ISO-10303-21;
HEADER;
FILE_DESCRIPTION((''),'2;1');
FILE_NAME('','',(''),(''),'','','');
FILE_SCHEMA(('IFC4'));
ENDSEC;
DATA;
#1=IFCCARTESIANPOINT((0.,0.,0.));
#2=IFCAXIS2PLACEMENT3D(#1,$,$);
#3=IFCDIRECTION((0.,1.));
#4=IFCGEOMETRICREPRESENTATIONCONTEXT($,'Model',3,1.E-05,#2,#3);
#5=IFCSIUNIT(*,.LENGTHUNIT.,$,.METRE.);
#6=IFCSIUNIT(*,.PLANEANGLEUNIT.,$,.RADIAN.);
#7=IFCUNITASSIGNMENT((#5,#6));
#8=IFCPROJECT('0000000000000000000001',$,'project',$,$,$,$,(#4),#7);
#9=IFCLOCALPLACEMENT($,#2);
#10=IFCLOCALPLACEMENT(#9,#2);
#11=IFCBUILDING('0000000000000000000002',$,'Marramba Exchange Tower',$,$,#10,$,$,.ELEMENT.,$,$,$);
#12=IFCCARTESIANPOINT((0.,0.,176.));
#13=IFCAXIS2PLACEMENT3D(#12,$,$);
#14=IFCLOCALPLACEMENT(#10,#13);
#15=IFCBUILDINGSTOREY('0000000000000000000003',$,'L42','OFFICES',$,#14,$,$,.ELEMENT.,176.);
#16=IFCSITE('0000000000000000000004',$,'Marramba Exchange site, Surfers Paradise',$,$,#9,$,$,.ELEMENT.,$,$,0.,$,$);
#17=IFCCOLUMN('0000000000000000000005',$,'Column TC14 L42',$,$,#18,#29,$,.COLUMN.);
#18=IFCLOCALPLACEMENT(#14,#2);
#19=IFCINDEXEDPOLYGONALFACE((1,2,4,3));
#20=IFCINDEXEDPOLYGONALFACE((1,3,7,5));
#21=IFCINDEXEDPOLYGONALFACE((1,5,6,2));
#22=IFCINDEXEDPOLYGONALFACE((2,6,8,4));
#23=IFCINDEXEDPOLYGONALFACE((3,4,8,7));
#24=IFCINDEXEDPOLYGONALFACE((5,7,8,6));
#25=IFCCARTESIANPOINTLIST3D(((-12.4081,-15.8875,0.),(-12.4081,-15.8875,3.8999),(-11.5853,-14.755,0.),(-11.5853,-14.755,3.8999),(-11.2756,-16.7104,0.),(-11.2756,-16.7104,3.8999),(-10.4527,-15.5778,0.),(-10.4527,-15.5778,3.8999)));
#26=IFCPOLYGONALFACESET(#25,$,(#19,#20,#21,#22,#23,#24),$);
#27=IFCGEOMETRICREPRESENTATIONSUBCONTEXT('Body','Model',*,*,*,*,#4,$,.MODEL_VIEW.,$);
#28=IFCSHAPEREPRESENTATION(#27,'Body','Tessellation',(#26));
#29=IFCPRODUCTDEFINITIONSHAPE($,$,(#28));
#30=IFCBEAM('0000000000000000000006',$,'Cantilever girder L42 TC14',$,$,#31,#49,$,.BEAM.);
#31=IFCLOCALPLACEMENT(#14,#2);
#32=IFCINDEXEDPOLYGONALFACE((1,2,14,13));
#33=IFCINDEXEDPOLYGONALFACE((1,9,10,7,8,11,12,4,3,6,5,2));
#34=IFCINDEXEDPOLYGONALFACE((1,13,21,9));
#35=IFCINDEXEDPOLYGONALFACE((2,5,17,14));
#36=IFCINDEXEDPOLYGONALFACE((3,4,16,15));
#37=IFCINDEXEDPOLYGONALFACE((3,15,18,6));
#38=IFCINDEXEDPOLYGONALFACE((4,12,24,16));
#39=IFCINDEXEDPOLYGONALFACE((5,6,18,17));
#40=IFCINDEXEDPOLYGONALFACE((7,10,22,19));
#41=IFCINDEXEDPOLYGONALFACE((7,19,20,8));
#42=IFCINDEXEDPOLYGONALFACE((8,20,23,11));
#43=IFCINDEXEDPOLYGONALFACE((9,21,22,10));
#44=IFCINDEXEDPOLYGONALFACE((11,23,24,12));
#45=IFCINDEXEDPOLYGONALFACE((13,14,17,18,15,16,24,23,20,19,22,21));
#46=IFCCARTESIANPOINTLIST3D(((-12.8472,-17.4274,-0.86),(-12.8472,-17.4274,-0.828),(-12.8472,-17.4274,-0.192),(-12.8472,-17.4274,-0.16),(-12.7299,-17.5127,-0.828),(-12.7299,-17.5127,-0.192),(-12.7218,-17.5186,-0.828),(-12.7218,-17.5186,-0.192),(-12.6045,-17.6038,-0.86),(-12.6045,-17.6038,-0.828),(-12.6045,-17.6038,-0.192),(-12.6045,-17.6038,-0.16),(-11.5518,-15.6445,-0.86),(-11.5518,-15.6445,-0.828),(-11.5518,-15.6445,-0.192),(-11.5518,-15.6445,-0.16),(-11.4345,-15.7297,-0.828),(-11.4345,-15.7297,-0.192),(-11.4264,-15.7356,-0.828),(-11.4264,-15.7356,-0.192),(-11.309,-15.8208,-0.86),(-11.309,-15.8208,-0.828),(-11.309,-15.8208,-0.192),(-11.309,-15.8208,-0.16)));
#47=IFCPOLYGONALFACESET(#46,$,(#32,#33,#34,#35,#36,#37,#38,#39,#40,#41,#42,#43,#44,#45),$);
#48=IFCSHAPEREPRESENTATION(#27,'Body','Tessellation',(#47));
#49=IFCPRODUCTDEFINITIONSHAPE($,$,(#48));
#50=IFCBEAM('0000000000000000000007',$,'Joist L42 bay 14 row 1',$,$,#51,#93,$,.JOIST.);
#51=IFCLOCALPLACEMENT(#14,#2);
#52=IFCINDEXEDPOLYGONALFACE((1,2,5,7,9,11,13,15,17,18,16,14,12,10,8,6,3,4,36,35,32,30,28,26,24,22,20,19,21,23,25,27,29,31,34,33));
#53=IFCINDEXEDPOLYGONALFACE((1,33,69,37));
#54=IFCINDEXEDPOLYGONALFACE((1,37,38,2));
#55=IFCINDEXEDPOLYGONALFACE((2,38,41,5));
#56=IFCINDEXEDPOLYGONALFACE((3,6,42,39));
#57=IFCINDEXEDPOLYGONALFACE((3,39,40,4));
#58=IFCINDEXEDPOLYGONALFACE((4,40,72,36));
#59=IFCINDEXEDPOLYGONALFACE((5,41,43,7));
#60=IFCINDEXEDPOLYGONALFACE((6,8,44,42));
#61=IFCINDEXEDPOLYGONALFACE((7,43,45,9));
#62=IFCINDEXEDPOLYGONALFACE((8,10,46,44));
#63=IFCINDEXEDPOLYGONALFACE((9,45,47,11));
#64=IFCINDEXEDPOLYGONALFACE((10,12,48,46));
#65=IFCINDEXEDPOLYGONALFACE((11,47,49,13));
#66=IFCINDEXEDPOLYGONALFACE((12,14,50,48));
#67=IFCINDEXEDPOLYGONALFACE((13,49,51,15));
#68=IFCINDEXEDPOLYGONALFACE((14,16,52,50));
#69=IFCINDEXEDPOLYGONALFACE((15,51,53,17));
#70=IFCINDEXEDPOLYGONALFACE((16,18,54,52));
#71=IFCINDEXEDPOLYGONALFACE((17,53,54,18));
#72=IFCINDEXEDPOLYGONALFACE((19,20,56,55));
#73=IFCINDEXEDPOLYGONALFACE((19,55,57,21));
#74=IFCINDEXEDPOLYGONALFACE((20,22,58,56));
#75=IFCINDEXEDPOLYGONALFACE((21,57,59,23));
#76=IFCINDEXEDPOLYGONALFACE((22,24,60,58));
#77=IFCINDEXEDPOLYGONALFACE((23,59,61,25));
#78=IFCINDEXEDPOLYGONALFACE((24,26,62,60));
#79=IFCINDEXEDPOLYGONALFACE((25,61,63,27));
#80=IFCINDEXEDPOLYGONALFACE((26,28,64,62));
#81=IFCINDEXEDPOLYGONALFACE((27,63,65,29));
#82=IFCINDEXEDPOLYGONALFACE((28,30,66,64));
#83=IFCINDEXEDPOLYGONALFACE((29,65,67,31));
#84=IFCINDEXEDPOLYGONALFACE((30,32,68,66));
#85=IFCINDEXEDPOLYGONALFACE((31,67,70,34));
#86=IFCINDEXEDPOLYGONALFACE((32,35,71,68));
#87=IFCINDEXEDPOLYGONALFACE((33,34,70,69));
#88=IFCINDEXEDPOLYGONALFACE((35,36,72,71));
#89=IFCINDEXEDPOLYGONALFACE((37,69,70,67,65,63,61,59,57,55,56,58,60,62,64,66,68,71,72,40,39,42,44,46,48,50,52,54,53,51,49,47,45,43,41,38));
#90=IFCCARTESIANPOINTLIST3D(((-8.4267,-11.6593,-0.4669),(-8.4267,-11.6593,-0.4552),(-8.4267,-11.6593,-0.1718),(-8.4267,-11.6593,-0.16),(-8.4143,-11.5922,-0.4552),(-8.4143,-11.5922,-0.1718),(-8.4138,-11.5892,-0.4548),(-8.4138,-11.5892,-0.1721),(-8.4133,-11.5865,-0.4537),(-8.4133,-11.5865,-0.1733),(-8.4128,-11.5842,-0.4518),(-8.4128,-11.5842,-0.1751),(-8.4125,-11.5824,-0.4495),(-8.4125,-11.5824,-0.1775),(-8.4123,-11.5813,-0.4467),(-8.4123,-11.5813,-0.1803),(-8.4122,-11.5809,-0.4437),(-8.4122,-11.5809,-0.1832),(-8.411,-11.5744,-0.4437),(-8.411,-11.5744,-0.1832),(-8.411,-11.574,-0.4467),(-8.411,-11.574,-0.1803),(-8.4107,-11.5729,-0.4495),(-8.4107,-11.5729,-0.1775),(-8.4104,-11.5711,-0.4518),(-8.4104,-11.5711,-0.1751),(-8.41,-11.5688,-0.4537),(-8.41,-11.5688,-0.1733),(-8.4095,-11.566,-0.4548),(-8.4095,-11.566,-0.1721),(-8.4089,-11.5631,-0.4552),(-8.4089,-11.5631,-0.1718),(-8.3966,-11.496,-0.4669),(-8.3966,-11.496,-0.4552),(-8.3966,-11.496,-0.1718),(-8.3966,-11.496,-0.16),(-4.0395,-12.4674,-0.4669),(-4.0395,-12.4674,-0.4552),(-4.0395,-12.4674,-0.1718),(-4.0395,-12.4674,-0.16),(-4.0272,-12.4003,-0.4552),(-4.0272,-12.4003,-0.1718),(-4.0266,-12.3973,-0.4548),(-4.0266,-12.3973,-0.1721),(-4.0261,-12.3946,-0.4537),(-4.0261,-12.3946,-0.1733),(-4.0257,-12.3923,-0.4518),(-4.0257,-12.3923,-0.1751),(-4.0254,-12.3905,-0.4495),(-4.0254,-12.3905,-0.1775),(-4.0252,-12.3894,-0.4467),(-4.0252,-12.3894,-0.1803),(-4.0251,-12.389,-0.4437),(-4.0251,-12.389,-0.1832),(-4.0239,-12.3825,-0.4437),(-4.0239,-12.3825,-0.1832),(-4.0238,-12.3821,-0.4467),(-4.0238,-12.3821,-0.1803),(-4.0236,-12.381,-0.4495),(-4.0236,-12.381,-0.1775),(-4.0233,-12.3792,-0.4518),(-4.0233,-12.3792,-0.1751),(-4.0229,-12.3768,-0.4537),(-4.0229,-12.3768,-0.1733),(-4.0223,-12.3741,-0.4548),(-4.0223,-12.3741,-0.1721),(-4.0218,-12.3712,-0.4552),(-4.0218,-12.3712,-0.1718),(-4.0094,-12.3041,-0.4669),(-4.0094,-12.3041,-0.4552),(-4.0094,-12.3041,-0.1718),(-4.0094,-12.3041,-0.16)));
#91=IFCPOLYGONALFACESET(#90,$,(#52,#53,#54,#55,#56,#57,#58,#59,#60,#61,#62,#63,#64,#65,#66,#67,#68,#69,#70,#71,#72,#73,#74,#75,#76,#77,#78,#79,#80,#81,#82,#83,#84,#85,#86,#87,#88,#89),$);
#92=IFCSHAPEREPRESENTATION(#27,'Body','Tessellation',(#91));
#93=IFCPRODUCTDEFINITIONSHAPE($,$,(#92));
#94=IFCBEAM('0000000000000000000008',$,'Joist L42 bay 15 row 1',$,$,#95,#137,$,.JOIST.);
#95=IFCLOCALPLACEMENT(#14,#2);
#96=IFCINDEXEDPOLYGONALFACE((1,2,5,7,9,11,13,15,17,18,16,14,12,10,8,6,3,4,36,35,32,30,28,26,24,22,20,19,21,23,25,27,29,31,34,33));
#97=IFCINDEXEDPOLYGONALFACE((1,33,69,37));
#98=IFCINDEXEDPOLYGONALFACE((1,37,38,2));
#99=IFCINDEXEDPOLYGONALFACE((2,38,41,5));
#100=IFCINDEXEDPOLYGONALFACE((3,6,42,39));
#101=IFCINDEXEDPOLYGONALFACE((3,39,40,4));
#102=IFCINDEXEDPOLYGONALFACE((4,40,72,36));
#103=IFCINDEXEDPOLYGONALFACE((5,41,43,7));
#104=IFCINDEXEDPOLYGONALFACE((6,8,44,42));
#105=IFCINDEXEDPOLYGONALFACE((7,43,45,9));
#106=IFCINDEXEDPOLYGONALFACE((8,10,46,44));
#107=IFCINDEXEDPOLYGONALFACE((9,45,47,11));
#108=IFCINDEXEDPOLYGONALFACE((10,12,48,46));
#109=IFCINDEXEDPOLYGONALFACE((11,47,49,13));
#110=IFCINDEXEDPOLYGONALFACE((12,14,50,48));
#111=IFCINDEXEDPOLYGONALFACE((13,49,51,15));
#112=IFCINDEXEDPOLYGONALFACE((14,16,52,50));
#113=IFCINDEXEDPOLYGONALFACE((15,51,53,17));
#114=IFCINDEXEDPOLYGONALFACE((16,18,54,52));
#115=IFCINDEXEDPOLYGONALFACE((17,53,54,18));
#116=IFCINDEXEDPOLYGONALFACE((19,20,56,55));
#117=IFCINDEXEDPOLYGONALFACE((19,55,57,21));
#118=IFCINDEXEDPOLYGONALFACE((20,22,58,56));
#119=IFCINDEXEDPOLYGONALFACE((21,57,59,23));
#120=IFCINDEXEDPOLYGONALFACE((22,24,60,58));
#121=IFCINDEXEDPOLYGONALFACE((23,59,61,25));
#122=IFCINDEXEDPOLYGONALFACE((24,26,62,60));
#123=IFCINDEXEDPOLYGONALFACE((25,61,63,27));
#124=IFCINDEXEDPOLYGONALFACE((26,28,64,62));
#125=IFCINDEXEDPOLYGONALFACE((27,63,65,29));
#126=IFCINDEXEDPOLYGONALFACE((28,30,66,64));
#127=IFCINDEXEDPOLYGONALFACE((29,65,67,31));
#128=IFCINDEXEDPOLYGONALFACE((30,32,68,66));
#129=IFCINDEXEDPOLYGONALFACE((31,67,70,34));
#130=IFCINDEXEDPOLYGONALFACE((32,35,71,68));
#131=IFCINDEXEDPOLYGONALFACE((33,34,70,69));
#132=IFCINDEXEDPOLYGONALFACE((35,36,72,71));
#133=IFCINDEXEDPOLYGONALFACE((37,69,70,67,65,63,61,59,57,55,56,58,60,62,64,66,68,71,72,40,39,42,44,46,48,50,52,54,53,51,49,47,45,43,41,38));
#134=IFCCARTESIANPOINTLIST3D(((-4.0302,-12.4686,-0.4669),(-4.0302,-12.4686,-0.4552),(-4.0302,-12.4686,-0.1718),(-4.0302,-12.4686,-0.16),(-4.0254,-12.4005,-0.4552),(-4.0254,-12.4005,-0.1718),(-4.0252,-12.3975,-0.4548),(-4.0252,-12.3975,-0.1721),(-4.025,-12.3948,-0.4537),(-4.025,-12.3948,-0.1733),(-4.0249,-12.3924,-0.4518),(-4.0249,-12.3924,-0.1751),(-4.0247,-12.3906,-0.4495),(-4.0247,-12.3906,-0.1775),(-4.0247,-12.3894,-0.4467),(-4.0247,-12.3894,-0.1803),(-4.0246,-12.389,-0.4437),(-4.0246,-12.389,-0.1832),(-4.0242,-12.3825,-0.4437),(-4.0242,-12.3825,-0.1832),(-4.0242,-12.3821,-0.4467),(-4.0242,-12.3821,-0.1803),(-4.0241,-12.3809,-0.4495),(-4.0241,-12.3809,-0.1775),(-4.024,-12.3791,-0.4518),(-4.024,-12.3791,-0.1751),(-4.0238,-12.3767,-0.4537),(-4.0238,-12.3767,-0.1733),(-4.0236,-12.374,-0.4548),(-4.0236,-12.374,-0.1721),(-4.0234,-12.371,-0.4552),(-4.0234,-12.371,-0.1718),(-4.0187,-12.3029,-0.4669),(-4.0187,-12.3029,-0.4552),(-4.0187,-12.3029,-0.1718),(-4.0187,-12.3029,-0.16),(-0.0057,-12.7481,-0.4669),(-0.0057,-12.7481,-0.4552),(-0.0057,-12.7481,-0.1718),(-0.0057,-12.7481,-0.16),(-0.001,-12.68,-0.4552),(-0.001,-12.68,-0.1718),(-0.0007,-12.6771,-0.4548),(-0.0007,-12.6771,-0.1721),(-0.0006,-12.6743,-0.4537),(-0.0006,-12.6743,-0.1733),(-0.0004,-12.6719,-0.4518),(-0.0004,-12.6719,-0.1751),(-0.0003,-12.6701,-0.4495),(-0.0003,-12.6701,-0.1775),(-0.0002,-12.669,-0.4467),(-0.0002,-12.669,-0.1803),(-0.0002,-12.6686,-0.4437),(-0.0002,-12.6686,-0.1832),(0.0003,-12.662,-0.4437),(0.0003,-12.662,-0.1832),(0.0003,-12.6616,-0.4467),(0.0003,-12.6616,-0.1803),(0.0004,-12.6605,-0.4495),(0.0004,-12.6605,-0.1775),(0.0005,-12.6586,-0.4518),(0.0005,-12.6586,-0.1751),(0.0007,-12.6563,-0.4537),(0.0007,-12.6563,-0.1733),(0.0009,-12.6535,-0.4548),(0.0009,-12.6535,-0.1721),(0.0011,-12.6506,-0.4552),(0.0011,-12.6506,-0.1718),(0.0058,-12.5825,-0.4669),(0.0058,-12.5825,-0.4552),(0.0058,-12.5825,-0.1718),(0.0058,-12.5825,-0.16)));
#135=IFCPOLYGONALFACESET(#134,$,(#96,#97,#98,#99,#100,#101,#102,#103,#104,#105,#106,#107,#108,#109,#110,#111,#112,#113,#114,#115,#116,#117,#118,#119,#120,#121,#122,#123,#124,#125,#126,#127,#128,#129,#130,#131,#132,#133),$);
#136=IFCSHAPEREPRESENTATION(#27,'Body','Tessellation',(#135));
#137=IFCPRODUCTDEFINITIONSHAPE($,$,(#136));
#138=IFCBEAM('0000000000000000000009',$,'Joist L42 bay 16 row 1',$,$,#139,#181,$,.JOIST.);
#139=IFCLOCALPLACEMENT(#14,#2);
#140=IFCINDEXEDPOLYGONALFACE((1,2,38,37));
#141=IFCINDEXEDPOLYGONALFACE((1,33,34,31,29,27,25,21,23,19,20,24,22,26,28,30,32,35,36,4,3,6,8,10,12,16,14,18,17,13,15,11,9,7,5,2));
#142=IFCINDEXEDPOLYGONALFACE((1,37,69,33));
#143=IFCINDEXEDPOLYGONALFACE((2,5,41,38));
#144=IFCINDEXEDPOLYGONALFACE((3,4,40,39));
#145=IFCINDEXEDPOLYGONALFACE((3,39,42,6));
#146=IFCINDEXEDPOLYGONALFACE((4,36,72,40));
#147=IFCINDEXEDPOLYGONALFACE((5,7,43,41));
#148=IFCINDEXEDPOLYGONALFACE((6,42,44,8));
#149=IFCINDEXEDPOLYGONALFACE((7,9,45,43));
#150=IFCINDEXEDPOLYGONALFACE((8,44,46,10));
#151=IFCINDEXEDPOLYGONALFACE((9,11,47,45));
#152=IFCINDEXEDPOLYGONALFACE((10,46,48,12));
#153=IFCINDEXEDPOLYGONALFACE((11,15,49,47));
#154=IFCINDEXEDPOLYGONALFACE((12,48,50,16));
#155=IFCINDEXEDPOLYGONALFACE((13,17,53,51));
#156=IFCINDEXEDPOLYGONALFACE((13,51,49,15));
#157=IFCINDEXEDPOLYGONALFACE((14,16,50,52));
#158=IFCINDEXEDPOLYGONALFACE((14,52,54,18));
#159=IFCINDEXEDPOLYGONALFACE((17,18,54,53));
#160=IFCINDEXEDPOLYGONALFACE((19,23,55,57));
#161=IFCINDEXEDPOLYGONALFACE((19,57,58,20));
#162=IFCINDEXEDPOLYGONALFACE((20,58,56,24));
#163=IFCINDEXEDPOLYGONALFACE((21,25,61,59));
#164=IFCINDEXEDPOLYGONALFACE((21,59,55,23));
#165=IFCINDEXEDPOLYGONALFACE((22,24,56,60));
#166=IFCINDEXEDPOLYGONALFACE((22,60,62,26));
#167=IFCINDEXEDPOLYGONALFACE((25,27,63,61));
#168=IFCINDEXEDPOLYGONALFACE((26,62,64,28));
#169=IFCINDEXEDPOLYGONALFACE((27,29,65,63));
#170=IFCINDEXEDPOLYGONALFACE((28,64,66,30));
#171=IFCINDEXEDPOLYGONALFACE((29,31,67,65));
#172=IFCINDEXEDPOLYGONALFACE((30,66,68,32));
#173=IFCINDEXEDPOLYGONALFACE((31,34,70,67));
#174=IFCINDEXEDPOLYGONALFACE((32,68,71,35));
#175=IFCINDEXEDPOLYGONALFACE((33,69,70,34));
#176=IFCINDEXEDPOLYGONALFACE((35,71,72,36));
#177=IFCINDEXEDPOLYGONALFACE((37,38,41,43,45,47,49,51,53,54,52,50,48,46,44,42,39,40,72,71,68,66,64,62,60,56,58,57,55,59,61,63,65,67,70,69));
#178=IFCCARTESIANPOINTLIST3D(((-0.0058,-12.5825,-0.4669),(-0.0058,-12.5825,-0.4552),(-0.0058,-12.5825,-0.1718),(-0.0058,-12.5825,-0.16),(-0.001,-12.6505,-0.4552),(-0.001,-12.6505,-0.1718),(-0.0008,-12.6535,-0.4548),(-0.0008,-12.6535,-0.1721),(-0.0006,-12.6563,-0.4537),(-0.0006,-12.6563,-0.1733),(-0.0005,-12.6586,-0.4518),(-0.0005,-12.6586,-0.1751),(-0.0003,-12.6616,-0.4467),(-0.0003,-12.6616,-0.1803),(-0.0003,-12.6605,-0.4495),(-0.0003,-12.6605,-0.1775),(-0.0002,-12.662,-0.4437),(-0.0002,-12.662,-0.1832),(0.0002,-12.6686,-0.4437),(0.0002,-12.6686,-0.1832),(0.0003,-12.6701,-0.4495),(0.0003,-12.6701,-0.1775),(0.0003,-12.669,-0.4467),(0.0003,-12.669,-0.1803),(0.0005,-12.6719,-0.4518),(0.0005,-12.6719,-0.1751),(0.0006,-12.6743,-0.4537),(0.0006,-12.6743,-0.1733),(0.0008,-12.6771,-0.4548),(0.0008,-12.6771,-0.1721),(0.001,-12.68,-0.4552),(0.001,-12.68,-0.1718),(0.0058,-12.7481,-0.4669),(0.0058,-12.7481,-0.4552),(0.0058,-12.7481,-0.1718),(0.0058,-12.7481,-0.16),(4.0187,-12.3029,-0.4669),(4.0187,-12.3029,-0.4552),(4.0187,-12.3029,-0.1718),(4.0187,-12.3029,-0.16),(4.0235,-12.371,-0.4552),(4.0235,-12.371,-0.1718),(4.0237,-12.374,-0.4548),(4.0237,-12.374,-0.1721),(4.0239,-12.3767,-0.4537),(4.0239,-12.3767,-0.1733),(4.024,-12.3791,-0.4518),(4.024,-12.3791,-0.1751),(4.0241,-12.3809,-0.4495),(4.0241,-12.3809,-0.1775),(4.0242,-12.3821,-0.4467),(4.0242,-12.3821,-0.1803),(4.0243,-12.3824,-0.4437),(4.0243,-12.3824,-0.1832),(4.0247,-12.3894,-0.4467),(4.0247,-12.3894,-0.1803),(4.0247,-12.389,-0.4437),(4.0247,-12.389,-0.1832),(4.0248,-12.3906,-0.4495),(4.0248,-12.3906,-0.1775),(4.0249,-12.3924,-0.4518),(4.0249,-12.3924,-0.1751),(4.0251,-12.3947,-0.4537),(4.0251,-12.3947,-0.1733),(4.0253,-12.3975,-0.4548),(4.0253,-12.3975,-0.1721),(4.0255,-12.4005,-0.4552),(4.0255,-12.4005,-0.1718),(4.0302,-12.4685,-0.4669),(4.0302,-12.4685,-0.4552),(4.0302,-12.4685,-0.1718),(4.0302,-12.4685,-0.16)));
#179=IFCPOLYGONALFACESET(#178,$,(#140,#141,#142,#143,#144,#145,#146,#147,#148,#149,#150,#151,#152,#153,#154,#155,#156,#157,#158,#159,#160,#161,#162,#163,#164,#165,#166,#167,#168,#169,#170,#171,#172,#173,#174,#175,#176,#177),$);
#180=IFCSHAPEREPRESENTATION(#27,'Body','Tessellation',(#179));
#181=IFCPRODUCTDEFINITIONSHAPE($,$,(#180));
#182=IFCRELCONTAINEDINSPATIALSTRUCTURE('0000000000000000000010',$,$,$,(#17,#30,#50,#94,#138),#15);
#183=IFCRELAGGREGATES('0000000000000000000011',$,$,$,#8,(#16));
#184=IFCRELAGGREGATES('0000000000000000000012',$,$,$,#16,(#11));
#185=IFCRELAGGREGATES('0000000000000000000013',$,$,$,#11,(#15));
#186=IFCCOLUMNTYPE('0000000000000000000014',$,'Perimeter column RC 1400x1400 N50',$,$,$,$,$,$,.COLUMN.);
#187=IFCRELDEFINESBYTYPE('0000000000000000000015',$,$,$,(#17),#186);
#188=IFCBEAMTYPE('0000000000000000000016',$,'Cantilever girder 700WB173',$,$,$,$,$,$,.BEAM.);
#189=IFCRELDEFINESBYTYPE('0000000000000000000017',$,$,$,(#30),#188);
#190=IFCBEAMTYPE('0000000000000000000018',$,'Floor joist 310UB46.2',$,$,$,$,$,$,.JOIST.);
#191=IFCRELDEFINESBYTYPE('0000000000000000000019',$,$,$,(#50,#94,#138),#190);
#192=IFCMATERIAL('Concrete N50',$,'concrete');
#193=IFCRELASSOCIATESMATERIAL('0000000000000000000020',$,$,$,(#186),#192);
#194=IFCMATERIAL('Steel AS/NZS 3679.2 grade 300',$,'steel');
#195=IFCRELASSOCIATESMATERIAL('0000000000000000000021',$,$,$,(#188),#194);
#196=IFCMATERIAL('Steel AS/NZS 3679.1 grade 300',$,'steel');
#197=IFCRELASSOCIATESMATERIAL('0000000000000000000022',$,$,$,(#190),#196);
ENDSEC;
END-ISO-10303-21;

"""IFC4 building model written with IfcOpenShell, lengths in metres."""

from ifc_helpers import new_model, si_unit, direction, frame, origin, origin_2d, place, context, subcontext, project, spatial, rectangle, i_section, extrude, material, material_profile, profile_set, type_object, element, save


model = new_model("IFC4")

# Units and contexts
model_context = context("Model", 3, precision=1e-05, world=origin(), true_north=direction((0.0, 1.0)))
body_context = subcontext(model_context, "Body", "Model", "MODEL_VIEW")
ifc_project = project(units=[si_unit("LENGTHUNIT", "METRE"), si_unit("PLANEANGLEUNIT", "RADIAN")], contexts=[model_context])

# Site, building, storey
site_placement = place(None, origin())
site = spatial("IfcSite", under=ifc_project, at=site_placement, Name="Marramba Exchange site, Surfers Paradise", CompositionType="ELEMENT", RefElevation=0.0)
building_placement = place(site_placement, origin())
building = spatial("IfcBuilding", under=site, at=building_placement, Name="Marramba Exchange Tower", CompositionType="ELEMENT")
storey_placement = place(building_placement, frame((0.0, 0.0, 176.0)))
storey = spatial("IfcBuildingStorey", under=building, at=storey_placement, Name="L42", Description="OFFICES", CompositionType="ELEMENT", Elevation=176.0)

# Column
ifc_material_1 = material(Name="Concrete N50", Category="concrete")
ifc_material_profile_1 = material_profile(ifc_material_1, rectangle(XDim=1.3999, YDim=1.3999, at=origin_2d()), Name="RC 1400x1400")
ifc_profile_set_1 = profile_set([ifc_material_profile_1], Name="Concrete N50")
column_type = type_object("IfcColumnType", Name="Perimeter column RC 1400x1400 N50", PredefinedType="COLUMN", material=ifc_profile_set_1)
column_placement = place(storey_placement, frame((-11.4304, -15.7327, 0.0), z_axis=(0.0, 0.0, 1.0), x_axis=(-0.587785, -0.809017, 0.0)))
element("IfcColumn", 1, at=column_placement, inside=storey, type_object=column_type, Name="Column TC14 L42", PredefinedType="COLUMN", context=body_context, shape_type="SweptSolid", body=[
    extrude(rectangle(XDim=1.3999, YDim=1.3999, at=origin_2d()), origin(), (0.0, 0.0, 1.0), 3.8999),
])

# Beams
ifc_material_2 = material(Name="Steel AS/NZS 3679.2 grade 300", Category="steel")
ifc_material_profile_2 = material_profile(ifc_material_2, i_section(OverallWidth=0.3, OverallDepth=0.7, WebThickness=0.01, FlangeThickness=0.032, at=origin_2d()), Name="700WB173")
ifc_profile_set_2 = profile_set([ifc_material_profile_2], Name="Steel AS/NZS 3679.2 grade 300")
beam_type_1 = type_object("IfcBeamType", Name="Cantilever girder 700WB173", PredefinedType="BEAM", material=ifc_profile_set_2)
beam_1_placement = place(storey_placement, frame((-11.4304, -15.7327, -0.51), z_axis=(-0.58779, -0.809014, 0.0), x_axis=(0.809014, -0.58779, 0.0)))
element("IfcBeam", 2, at=beam_1_placement, inside=storey, type_object=beam_type_1, Name="Cantilever girder L42 TC14", PredefinedType="BEAM", context=body_context, shape_type="SweptSolid", body=[
    extrude(i_section(OverallWidth=0.3, OverallDepth=0.7, WebThickness=0.01, FlangeThickness=0.032, at=origin_2d()), origin(), (0.0, 0.0, 1.0), 2.2039),
])
ifc_material_3 = material(Name="Steel AS/NZS 3679.1 grade 300", Category="steel")
ifc_material_profile_3 = material_profile(ifc_material_3, i_section(OverallWidth=0.166, OverallDepth=0.3069, WebThickness=0.0066, FlangeThickness=0.0117, FilletRadius=0.0115, at=origin_2d()), Name="310UB46.2")
ifc_profile_set_3 = profile_set([ifc_material_profile_3], Name="Steel AS/NZS 3679.1 grade 300")
beam_type_2 = type_object("IfcBeamType", Name="Floor joist 310UB46.2", PredefinedType="JOIST", material=ifc_profile_set_3)
beam_2_placement = place(storey_placement, frame((-8.4116, -11.5776, -0.3135), z_axis=(0.983456, -0.181149, 0.0), x_axis=(0.181149, 0.983456, 0.0)))
element("IfcBeam", 3, at=beam_2_placement, inside=storey, type_object=beam_type_2, Name="Joist L42 bay 14 row 1", PredefinedType="JOIST", context=body_context, shape_type="SweptSolid", body=[
    extrude(i_section(OverallWidth=0.166, OverallDepth=0.3069, WebThickness=0.0066, FlangeThickness=0.0117, FilletRadius=0.0115, at=origin_2d()), origin(), (0.0, 0.0, 1.0), 4.4609),
])
for number, where, z_axis, x_axis, name in (
    (4, (-4.0244, -12.3857, -0.3135), (0.997596, -0.069294, 0.0), (0.069294, 0.997596, 0.0), "Joist L42 bay 15 row 1"),
    (5, (0.0, -12.6653, -0.3135), (0.997596, 0.069294, 0.0), (-0.069294, 0.997596, 0.0), "Joist L42 bay 16 row 1"),
):
    element("IfcBeam", number, at=place(storey_placement, frame(where, z_axis=z_axis, x_axis=x_axis)), inside=storey, type_object=beam_type_2, Name=name, PredefinedType="JOIST", context=body_context, shape_type="SweptSolid", body=[
        extrude(i_section(OverallWidth=0.166, OverallDepth=0.3069, WebThickness=0.0066, FlangeThickness=0.0117, FilletRadius=0.0115, at=origin_2d()), origin(), (0.0, 0.0, 1.0), 4.0342),
    ])

save(model, "model.ifc")
